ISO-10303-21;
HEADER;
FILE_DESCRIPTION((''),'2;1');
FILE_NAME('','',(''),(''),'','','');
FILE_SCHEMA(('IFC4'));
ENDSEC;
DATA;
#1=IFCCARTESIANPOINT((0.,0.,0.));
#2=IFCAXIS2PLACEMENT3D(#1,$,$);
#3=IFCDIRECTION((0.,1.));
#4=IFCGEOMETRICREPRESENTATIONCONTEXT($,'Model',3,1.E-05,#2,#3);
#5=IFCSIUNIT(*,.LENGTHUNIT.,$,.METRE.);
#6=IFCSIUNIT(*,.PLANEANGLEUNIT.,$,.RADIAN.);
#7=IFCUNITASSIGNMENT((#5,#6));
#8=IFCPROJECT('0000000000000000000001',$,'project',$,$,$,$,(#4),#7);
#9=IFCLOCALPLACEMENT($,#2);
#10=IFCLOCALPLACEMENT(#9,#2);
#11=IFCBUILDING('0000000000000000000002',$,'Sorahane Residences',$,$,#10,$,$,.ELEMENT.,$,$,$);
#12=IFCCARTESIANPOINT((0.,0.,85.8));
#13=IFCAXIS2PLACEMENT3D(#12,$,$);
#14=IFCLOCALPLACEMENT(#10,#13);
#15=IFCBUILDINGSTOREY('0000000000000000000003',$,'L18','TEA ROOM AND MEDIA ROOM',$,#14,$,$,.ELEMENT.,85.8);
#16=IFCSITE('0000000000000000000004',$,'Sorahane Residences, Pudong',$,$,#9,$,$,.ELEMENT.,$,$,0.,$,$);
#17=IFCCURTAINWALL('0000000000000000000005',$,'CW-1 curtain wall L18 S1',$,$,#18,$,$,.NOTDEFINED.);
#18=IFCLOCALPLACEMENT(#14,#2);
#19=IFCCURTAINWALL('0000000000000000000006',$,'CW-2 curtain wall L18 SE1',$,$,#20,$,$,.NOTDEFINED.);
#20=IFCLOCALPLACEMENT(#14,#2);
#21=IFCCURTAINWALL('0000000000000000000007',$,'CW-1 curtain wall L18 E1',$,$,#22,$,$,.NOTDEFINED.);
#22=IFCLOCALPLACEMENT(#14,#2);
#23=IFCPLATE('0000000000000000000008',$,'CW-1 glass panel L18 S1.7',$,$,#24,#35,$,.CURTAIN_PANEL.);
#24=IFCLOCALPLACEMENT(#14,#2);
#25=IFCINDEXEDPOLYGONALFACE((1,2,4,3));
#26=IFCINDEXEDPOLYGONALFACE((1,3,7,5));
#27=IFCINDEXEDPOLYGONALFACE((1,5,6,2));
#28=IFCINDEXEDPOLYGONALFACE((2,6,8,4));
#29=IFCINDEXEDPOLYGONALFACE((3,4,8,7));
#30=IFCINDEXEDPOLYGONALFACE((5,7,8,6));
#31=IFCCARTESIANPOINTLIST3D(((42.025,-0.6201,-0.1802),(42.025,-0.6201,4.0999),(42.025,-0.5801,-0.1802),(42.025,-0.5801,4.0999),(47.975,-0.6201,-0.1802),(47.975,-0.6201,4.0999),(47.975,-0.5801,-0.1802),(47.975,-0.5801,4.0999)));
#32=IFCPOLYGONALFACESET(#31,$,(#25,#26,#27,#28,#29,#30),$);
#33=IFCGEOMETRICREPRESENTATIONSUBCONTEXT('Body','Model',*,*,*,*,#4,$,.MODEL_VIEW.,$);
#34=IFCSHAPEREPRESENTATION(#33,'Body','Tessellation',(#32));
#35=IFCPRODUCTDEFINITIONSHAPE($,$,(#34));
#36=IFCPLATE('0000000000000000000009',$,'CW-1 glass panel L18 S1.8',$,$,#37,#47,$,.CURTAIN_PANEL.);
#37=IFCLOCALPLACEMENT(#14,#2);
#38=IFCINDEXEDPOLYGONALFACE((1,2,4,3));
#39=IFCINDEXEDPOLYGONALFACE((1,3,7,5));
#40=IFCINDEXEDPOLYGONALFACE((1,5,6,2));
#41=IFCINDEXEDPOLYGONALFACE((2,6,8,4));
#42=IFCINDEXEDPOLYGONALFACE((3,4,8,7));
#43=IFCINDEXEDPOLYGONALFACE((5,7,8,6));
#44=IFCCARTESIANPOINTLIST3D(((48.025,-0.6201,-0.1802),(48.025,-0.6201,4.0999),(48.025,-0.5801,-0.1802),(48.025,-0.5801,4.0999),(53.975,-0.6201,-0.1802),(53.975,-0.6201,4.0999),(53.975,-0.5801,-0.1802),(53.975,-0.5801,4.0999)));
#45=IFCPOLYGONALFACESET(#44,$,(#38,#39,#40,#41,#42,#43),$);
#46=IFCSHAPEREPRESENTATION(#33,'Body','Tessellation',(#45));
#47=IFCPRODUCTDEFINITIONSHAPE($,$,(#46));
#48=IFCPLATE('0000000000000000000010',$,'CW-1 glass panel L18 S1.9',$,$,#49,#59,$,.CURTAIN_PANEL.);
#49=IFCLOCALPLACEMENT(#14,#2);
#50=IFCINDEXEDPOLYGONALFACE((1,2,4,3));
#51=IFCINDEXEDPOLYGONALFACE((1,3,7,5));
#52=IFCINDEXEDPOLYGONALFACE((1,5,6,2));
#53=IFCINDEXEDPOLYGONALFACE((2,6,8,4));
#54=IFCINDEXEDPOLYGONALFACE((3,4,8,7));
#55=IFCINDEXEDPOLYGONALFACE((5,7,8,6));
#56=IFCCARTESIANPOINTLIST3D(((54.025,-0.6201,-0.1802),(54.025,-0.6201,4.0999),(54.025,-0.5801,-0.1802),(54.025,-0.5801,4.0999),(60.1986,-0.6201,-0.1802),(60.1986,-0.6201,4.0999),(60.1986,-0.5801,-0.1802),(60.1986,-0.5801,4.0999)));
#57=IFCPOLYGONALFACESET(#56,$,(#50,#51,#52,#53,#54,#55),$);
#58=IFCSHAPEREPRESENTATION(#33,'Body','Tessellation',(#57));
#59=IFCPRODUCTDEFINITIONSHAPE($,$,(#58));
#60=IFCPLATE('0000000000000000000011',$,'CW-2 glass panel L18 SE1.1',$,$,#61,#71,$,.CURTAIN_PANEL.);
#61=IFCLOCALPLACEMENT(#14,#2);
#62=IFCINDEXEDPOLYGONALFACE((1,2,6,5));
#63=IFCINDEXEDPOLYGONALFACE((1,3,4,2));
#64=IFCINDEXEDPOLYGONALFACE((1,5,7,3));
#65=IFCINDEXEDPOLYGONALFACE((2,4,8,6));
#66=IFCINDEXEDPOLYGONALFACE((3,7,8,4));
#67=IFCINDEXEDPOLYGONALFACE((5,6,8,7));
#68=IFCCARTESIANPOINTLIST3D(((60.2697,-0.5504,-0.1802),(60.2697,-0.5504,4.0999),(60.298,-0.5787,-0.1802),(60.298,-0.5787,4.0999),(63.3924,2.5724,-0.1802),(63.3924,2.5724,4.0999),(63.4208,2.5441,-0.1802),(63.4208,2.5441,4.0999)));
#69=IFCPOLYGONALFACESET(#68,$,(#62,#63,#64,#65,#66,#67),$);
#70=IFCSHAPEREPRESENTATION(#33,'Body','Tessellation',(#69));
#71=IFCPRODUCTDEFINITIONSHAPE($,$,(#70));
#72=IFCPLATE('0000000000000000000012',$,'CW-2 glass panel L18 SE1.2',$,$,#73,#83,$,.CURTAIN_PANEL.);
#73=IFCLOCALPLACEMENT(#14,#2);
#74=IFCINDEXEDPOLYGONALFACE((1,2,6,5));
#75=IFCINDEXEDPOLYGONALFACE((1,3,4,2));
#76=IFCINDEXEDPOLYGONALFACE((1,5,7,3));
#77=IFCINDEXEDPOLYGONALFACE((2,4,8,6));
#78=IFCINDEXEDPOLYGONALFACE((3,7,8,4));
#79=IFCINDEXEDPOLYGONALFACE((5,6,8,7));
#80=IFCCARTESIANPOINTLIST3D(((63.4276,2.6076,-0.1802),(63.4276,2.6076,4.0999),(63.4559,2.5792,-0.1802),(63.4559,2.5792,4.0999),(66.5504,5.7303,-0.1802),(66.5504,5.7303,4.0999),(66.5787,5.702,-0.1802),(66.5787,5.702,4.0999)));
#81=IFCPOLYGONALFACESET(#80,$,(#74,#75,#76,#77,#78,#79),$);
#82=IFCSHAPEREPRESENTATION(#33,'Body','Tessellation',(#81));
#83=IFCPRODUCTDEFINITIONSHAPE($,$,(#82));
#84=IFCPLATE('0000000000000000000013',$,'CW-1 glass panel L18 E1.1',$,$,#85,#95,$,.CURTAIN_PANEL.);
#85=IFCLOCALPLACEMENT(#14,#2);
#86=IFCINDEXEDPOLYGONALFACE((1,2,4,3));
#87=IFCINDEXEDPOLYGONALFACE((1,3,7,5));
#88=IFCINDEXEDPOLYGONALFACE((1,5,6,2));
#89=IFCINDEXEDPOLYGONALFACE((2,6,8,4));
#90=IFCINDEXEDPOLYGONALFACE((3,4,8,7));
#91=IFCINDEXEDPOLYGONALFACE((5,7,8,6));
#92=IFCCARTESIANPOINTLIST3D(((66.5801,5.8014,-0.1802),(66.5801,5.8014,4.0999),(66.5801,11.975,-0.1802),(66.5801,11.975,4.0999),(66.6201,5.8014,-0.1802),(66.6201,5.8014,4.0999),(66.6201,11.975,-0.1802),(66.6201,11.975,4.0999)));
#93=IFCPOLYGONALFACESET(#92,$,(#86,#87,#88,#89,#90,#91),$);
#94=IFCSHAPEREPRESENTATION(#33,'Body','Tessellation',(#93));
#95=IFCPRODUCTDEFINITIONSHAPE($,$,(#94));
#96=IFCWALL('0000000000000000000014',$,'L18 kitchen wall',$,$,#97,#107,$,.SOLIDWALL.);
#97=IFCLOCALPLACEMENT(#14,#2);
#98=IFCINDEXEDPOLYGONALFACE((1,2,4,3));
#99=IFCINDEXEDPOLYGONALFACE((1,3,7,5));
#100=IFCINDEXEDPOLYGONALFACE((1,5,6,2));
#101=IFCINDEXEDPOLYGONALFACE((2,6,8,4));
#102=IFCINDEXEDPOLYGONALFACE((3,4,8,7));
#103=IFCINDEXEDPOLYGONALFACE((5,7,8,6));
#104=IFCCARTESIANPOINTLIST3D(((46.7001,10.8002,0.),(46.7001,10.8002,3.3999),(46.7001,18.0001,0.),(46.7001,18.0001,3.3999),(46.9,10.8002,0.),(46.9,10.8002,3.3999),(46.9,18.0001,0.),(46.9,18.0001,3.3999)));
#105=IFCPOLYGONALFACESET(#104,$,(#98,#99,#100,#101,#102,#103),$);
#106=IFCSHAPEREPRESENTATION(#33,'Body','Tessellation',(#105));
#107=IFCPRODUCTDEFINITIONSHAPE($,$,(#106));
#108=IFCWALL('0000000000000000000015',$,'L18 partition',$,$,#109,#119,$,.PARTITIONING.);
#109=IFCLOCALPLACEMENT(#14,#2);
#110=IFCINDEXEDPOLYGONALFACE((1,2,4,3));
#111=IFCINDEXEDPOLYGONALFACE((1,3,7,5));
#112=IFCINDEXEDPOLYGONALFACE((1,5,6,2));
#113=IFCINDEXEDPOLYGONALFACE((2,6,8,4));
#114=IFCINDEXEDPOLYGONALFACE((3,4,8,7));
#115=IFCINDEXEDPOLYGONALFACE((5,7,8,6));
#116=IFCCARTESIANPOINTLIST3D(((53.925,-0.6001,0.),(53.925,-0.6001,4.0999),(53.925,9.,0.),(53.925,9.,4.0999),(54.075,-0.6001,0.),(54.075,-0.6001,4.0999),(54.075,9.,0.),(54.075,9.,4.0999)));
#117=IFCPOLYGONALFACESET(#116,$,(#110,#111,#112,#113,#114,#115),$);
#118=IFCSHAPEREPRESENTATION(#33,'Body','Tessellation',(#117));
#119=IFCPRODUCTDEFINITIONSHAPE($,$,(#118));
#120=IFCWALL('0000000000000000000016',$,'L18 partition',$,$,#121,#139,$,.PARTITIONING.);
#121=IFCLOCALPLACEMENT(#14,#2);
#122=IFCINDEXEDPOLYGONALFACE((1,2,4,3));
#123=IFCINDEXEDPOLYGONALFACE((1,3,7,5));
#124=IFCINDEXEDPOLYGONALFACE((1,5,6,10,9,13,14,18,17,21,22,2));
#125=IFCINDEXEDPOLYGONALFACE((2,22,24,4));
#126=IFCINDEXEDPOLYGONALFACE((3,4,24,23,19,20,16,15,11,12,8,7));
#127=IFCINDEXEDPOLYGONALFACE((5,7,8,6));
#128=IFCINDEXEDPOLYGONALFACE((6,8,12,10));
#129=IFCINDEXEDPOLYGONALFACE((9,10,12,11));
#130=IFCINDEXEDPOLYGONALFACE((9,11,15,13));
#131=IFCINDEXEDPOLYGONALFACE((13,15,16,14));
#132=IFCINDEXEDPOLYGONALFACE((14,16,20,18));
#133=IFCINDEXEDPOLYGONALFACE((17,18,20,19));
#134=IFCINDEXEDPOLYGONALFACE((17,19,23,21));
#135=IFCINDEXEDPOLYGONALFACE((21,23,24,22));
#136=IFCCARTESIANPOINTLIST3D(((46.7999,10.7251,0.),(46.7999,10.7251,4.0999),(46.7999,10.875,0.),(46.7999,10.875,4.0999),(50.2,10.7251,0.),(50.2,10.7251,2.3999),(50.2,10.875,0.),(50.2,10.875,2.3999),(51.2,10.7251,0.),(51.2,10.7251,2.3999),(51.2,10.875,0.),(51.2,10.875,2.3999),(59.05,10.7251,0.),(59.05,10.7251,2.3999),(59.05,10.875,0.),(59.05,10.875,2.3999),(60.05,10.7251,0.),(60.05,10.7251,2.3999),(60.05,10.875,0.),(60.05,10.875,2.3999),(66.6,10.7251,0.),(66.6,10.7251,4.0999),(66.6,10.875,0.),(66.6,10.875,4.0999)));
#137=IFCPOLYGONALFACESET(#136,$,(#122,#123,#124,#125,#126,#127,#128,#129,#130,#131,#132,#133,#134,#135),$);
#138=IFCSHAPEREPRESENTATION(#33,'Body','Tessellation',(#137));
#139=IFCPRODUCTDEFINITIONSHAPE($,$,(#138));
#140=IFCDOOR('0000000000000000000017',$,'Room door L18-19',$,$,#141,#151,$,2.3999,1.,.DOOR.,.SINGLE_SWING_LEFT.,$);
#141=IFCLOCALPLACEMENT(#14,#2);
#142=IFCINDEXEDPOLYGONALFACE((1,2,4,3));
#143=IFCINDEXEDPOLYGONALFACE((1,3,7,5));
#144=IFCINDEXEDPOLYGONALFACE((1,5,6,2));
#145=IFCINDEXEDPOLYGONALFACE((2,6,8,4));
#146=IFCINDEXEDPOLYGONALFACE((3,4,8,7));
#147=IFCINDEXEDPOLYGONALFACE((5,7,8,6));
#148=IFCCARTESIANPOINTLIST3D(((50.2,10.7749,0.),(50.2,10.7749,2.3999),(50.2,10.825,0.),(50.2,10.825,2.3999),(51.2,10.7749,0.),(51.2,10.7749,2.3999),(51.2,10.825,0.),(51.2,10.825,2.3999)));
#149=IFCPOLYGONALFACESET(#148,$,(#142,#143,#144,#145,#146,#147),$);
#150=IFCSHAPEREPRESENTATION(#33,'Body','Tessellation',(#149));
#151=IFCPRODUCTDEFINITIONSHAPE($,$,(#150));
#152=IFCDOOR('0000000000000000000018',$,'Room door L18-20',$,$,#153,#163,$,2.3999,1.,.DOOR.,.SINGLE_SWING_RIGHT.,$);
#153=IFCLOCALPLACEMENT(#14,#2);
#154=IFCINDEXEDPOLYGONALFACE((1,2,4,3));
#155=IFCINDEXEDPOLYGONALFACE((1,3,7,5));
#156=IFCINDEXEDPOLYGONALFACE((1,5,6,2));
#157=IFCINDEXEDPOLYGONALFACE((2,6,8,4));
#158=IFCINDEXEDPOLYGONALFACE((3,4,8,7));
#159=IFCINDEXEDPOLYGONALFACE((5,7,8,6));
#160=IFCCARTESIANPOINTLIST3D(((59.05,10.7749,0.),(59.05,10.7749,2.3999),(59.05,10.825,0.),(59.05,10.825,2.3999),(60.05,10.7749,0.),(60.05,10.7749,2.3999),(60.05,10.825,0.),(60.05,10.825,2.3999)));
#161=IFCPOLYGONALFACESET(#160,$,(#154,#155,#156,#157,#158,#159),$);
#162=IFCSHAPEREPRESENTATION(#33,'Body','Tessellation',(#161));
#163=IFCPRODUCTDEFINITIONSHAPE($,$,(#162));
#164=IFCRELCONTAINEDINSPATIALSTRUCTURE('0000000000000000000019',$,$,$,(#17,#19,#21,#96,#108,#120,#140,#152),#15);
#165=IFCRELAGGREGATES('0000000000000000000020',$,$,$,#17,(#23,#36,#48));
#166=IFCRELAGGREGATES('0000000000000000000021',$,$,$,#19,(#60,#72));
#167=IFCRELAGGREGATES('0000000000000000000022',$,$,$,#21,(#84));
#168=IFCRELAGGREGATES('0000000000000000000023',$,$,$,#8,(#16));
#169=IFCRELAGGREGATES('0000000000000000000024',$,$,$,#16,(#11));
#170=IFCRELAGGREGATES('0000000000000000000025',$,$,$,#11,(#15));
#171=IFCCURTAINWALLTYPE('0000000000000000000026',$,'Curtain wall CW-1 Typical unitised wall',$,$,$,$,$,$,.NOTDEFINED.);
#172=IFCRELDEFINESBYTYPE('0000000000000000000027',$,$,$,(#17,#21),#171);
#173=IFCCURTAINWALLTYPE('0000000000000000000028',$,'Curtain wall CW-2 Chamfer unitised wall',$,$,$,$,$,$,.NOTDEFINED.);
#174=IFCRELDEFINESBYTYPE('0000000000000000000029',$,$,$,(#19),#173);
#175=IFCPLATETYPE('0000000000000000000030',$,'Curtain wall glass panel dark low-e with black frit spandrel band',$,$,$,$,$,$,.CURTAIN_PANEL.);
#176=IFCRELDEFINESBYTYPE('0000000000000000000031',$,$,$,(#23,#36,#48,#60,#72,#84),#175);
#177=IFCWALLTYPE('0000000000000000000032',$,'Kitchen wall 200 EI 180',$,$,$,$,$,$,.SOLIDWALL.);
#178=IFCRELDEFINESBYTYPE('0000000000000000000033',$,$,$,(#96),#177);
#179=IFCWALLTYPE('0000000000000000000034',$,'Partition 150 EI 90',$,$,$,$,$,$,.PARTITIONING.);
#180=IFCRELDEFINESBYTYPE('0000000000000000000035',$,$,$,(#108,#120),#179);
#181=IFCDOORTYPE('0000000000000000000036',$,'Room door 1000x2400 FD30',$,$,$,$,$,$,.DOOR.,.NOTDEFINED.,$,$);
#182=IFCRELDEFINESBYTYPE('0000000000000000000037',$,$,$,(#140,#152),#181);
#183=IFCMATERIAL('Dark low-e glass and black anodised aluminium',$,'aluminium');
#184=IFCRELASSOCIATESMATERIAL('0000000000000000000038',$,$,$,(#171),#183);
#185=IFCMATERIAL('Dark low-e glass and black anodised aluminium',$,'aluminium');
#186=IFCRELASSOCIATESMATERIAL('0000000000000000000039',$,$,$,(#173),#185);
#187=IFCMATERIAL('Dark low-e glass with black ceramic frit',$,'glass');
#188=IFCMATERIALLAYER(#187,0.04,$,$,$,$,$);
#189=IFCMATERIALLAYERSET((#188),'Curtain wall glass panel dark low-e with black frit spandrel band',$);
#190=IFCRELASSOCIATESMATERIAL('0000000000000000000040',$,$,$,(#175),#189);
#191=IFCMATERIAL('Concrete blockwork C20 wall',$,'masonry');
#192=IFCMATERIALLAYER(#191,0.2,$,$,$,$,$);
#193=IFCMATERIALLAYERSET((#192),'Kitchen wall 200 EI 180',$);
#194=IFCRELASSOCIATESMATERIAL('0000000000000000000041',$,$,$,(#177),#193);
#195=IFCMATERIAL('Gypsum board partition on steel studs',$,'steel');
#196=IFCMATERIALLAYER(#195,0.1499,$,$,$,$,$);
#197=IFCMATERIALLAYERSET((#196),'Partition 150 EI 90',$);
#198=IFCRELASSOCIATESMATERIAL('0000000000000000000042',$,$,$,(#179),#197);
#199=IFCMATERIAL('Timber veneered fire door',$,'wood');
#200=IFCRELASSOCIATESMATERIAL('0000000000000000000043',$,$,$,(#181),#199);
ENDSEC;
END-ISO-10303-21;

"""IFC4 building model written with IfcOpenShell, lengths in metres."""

from ifc_helpers import new_model, si_unit, direction, frame, frame_2d, origin, origin_2d, place, context, subcontext, project, spatial, rectangle, extrude, material, layer, layer_set, type_object, element, fill, aggregate, save


model = new_model("IFC4")

# Units and contexts
model_context = context("Model", 3, precision=1e-05, world=origin(), true_north=direction((0.0, 1.0)))
body_context = subcontext(model_context, "Body", "Model", "MODEL_VIEW")
ifc_project = project(units=[si_unit("LENGTHUNIT", "METRE"), si_unit("PLANEANGLEUNIT", "RADIAN")], contexts=[model_context])

# Site, building, storey
site_placement = place(None, origin())
site = spatial("IfcSite", under=ifc_project, at=site_placement, Name="Sorahane Residences, Pudong", CompositionType="ELEMENT", RefElevation=0.0)
building_placement = place(site_placement, origin())
building = spatial("IfcBuilding", under=site, at=building_placement, Name="Sorahane Residences", CompositionType="ELEMENT")
storey_placement = place(building_placement, frame((0.0, 0.0, 85.8)))
storey = spatial("IfcBuildingStorey", under=building, at=storey_placement, Name="L18", Description="TEA ROOM AND MEDIA ROOM", CompositionType="ELEMENT", Elevation=85.8)

# Curtain walls
ifc_material_1 = material(Name="Dark low-e glass and black anodised aluminium", Category="aluminium")
curtain_wall_type_1 = type_object("IfcCurtainWallType", Name="Curtain wall CW-1 Typical unitised wall", PredefinedType="NOTDEFINED", material=ifc_material_1)
curtain_wall_1_placement = place(storey_placement, origin())
curtain_wall_1 = element("IfcCurtainWall", 1, at=curtain_wall_1_placement, inside=storey, type_object=curtain_wall_type_1, Name="CW-1 curtain wall L18 S1", PredefinedType="NOTDEFINED")
ifc_material_2 = material(Name="Dark low-e glass and black anodised aluminium", Category="aluminium")
curtain_wall_type_2 = type_object("IfcCurtainWallType", Name="Curtain wall CW-2 Chamfer unitised wall", PredefinedType="NOTDEFINED", material=ifc_material_2)
curtain_wall_2_placement = place(storey_placement, origin())
curtain_wall_2 = element("IfcCurtainWall", 2, at=curtain_wall_2_placement, inside=storey, type_object=curtain_wall_type_2, Name="CW-2 curtain wall L18 SE1", PredefinedType="NOTDEFINED")

# Curtain wall
curtain_wall_3_placement = place(storey_placement, origin())
curtain_wall_3 = element("IfcCurtainWall", 3, at=curtain_wall_3_placement, inside=storey, type_object=curtain_wall_type_1, Name="CW-1 curtain wall L18 E1", PredefinedType="NOTDEFINED")

# Plates
ifc_material_3 = material(Name="Dark low-e glass with black ceramic frit", Category="glass")
ifc_layer_1 = layer(ifc_material_3, 0.04)
ifc_layer_set_1 = layer_set([ifc_layer_1], Name="Curtain wall glass panel dark low-e with black frit spandrel band")
plate_type = type_object("IfcPlateType", Name="Curtain wall glass panel dark low-e with black frit spandrel band", PredefinedType="CURTAIN_PANEL", material=ifc_layer_set_1)
plate_1_placement = place(storey_placement, frame((45.0, -0.6001, -0.1802), z_axis=(0.0, 0.0, 1.0), x_axis=(1.0, 0.0, 0.0)))
plate_1 = element("IfcPlate", 4, at=plate_1_placement, type_object=plate_type, Name="CW-1 glass panel L18 S1.7", PredefinedType="CURTAIN_PANEL", context=body_context, shape_type="SweptSolid", body=[
    extrude(rectangle(XDim=5.95, YDim=0.04, at=origin_2d()), origin(), (0.0, 0.0, 1.0), 4.28),
])
plate_2_placement = place(storey_placement, frame((51.0, -0.6001, -0.1802), z_axis=(0.0, 0.0, 1.0), x_axis=(1.0, 0.0, 0.0)))
plate_2 = element("IfcPlate", 5, at=plate_2_placement, type_object=plate_type, Name="CW-1 glass panel L18 S1.8", PredefinedType="CURTAIN_PANEL", context=body_context, shape_type="SweptSolid", body=[
    extrude(rectangle(XDim=5.95, YDim=0.04, at=origin_2d()), origin(), (0.0, 0.0, 1.0), 4.28),
])
plate_3_placement = place(storey_placement, frame((57.1118, -0.6001, -0.1802), z_axis=(0.0, 0.0, 1.0), x_axis=(1.0, 0.0, 0.0)))
plate_3 = element("IfcPlate", 6, at=plate_3_placement, type_object=plate_type, Name="CW-1 glass panel L18 S1.9", PredefinedType="CURTAIN_PANEL", context=body_context, shape_type="SweptSolid", body=[
    extrude(rectangle(XDim=6.1736, YDim=0.04, at=origin_2d()), origin(), (0.0, 0.0, 1.0), 4.28),
])
aggregate(curtain_wall_1, [plate_1, plate_2, plate_3])
plate_4_placement = place(storey_placement, frame((61.8452, 0.9968, -0.1802), z_axis=(0.0, 0.0, 1.0), x_axis=(0.707107, 0.707107, 0.0)))
plate_4 = element("IfcPlate", 7, at=plate_4_placement, type_object=plate_type, Name="CW-2 glass panel L18 SE1.1", PredefinedType="CURTAIN_PANEL", context=body_context, shape_type="SweptSolid", body=[
    extrude(rectangle(XDim=4.4163, YDim=0.04, at=origin_2d()), origin(), (0.0, 0.0, 1.0), 4.28),
])
plate_5_placement = place(storey_placement, frame((65.0032, 4.1548, -0.1802), z_axis=(0.0, 0.0, 1.0), x_axis=(0.707107, 0.707107, 0.0)))
plate_5 = element("IfcPlate", 8, at=plate_5_placement, type_object=plate_type, Name="CW-2 glass panel L18 SE1.2", PredefinedType="CURTAIN_PANEL", context=body_context, shape_type="SweptSolid", body=[
    extrude(rectangle(XDim=4.4163, YDim=0.04, at=origin_2d()), origin(), (0.0, 0.0, 1.0), 4.28),
])
aggregate(curtain_wall_2, [plate_4, plate_5])
plate_6_placement = place(storey_placement, frame((66.6001, 8.8882, -0.1802), z_axis=(0.0, 0.0, 1.0), x_axis=(0.0, 1.0, 0.0)))
plate_6 = element("IfcPlate", 9, at=plate_6_placement, type_object=plate_type, Name="CW-1 glass panel L18 E1.1", PredefinedType="CURTAIN_PANEL", context=body_context, shape_type="SweptSolid", body=[
    extrude(rectangle(XDim=6.1736, YDim=0.04, at=origin_2d()), origin(), (0.0, 0.0, 1.0), 4.28),
])
aggregate(curtain_wall_3, [plate_6])

# Walls
ifc_material_4 = material(Name="Concrete blockwork C20 wall", Category="masonry")
ifc_layer_2 = layer(ifc_material_4, 0.2)
ifc_layer_set_2 = layer_set([ifc_layer_2], Name="Kitchen wall 200 EI 180")
wall_type_1 = type_object("IfcWallType", Name="Kitchen wall 200 EI 180", PredefinedType="SOLIDWALL", material=ifc_layer_set_2)
wall_1_placement = place(storey_placement, frame((46.8, 10.8, 0.0), z_axis=(0.0, 0.0, 1.0), x_axis=(0.0, 1.0, 0.0)))
element("IfcWall", 10, at=wall_1_placement, inside=storey, type_object=wall_type_1, Name="L18 kitchen wall", PredefinedType="SOLIDWALL", context=body_context, shape_type="SweptSolid", body=[
    extrude(rectangle(XDim=7.2, YDim=0.2, at=frame_2d((3.6001, 0.0))), origin(), (0.0, 0.0, 1.0), 3.3999),
])
ifc_material_5 = material(Name="Gypsum board partition on steel studs", Category="steel")
ifc_layer_3 = layer(ifc_material_5, 0.1499)
ifc_layer_set_3 = layer_set([ifc_layer_3], Name="Partition 150 EI 90")
wall_type_2 = type_object("IfcWallType", Name="Partition 150 EI 90", PredefinedType="PARTITIONING", material=ifc_layer_set_3)
wall_2_placement = place(storey_placement, frame((54.0, -0.6001, 0.0), z_axis=(0.0, 0.0, 1.0), x_axis=(0.0, 1.0, 0.0)))
element("IfcWall", 11, at=wall_2_placement, inside=storey, type_object=wall_type_2, Name="L18 partition", PredefinedType="PARTITIONING", context=body_context, shape_type="SweptSolid", body=[
    extrude(rectangle(XDim=9.6001, YDim=0.1499, at=frame_2d((4.8, 0.0))), origin(), (0.0, 0.0, 1.0), 4.0999),
])

# Wall, openings, doors
wall_3_placement = place(storey_placement, frame((46.8, 10.8, 0.0), z_axis=(0.0, 0.0, 1.0), x_axis=(1.0, 0.0, 0.0)))
wall_3 = element("IfcWall", 12, at=wall_3_placement, inside=storey, type_object=wall_type_2, Name="L18 partition", PredefinedType="PARTITIONING", context=body_context, shape_type="SweptSolid", body=[
    extrude(rectangle(XDim=19.8, YDim=0.1499, at=frame_2d((9.8999, 0.0))), origin(), (0.0, 0.0, 1.0), 4.0999),
])
opening_1_placement = place(wall_3_placement, frame((3.3999, 0.0, 0.0)))
opening_1 = element("IfcOpeningElement", 13, at=opening_1_placement, cuts=wall_3, PredefinedType="OPENING", context=body_context, shape_type="SweptSolid", body=[
    extrude(rectangle(XDim=1.0, YDim=2.3999, at=frame_2d((0.5, 1.2))), frame((0.0, 0.085, 0.0), z_axis=(0.0, -1.0, 0.0), x_axis=(1.0, 0.0, 0.0)), (0.0, 0.0, 1.0), 0.1699),
])
opening_2_placement = place(wall_3_placement, frame((12.25, 0.0, 0.0)))
opening_2 = element("IfcOpeningElement", 14, at=opening_2_placement, cuts=wall_3, PredefinedType="OPENING", context=body_context, shape_type="SweptSolid", body=[
    extrude(rectangle(XDim=1.0, YDim=2.3999, at=frame_2d((0.5, 1.2))), frame((0.0, 0.085, 0.0), z_axis=(0.0, -1.0, 0.0), x_axis=(1.0, 0.0, 0.0)), (0.0, 0.0, 1.0), 0.1699),
])
ifc_material_6 = material(Name="Timber veneered fire door", Category="wood")
door_type = type_object("IfcDoorType", Name="Room door 1000x2400 FD30", OperationType="NOTDEFINED", PredefinedType="DOOR", material=ifc_material_6)
door_1_placement = place(opening_1_placement, origin())
door_1 = element("IfcDoor", 15, at=door_1_placement, inside=storey, type_object=door_type, Name="Room door L18-19", OperationType="SINGLE_SWING_LEFT", OverallHeight=2.3999, OverallWidth=1.0, PredefinedType="DOOR", context=body_context, shape_type="SweptSolid", body=[
    extrude(rectangle(XDim=1.0, YDim=2.3999, at=frame_2d((0.5, 1.2))), frame((0.0, 0.0249, 0.0), z_axis=(0.0, -1.0, 0.0), x_axis=(1.0, 0.0, 0.0)), (0.0, 0.0, 1.0), 0.05),
])
fill(opening_1, door_1)
door_2_placement = place(opening_2_placement, origin())
door_2 = element("IfcDoor", 16, at=door_2_placement, inside=storey, type_object=door_type, Name="Room door L18-20", OperationType="SINGLE_SWING_RIGHT", OverallHeight=2.3999, OverallWidth=1.0, PredefinedType="DOOR", context=body_context, shape_type="SweptSolid", body=[
    extrude(rectangle(XDim=1.0, YDim=2.3999, at=frame_2d((0.5, 1.2))), frame((0.0, 0.0249, 0.0), z_axis=(0.0, -1.0, 0.0), x_axis=(1.0, 0.0, 0.0)), (0.0, 0.0, 1.0), 0.05),
])
fill(opening_2, door_2)

save(model, "model.ifc")
